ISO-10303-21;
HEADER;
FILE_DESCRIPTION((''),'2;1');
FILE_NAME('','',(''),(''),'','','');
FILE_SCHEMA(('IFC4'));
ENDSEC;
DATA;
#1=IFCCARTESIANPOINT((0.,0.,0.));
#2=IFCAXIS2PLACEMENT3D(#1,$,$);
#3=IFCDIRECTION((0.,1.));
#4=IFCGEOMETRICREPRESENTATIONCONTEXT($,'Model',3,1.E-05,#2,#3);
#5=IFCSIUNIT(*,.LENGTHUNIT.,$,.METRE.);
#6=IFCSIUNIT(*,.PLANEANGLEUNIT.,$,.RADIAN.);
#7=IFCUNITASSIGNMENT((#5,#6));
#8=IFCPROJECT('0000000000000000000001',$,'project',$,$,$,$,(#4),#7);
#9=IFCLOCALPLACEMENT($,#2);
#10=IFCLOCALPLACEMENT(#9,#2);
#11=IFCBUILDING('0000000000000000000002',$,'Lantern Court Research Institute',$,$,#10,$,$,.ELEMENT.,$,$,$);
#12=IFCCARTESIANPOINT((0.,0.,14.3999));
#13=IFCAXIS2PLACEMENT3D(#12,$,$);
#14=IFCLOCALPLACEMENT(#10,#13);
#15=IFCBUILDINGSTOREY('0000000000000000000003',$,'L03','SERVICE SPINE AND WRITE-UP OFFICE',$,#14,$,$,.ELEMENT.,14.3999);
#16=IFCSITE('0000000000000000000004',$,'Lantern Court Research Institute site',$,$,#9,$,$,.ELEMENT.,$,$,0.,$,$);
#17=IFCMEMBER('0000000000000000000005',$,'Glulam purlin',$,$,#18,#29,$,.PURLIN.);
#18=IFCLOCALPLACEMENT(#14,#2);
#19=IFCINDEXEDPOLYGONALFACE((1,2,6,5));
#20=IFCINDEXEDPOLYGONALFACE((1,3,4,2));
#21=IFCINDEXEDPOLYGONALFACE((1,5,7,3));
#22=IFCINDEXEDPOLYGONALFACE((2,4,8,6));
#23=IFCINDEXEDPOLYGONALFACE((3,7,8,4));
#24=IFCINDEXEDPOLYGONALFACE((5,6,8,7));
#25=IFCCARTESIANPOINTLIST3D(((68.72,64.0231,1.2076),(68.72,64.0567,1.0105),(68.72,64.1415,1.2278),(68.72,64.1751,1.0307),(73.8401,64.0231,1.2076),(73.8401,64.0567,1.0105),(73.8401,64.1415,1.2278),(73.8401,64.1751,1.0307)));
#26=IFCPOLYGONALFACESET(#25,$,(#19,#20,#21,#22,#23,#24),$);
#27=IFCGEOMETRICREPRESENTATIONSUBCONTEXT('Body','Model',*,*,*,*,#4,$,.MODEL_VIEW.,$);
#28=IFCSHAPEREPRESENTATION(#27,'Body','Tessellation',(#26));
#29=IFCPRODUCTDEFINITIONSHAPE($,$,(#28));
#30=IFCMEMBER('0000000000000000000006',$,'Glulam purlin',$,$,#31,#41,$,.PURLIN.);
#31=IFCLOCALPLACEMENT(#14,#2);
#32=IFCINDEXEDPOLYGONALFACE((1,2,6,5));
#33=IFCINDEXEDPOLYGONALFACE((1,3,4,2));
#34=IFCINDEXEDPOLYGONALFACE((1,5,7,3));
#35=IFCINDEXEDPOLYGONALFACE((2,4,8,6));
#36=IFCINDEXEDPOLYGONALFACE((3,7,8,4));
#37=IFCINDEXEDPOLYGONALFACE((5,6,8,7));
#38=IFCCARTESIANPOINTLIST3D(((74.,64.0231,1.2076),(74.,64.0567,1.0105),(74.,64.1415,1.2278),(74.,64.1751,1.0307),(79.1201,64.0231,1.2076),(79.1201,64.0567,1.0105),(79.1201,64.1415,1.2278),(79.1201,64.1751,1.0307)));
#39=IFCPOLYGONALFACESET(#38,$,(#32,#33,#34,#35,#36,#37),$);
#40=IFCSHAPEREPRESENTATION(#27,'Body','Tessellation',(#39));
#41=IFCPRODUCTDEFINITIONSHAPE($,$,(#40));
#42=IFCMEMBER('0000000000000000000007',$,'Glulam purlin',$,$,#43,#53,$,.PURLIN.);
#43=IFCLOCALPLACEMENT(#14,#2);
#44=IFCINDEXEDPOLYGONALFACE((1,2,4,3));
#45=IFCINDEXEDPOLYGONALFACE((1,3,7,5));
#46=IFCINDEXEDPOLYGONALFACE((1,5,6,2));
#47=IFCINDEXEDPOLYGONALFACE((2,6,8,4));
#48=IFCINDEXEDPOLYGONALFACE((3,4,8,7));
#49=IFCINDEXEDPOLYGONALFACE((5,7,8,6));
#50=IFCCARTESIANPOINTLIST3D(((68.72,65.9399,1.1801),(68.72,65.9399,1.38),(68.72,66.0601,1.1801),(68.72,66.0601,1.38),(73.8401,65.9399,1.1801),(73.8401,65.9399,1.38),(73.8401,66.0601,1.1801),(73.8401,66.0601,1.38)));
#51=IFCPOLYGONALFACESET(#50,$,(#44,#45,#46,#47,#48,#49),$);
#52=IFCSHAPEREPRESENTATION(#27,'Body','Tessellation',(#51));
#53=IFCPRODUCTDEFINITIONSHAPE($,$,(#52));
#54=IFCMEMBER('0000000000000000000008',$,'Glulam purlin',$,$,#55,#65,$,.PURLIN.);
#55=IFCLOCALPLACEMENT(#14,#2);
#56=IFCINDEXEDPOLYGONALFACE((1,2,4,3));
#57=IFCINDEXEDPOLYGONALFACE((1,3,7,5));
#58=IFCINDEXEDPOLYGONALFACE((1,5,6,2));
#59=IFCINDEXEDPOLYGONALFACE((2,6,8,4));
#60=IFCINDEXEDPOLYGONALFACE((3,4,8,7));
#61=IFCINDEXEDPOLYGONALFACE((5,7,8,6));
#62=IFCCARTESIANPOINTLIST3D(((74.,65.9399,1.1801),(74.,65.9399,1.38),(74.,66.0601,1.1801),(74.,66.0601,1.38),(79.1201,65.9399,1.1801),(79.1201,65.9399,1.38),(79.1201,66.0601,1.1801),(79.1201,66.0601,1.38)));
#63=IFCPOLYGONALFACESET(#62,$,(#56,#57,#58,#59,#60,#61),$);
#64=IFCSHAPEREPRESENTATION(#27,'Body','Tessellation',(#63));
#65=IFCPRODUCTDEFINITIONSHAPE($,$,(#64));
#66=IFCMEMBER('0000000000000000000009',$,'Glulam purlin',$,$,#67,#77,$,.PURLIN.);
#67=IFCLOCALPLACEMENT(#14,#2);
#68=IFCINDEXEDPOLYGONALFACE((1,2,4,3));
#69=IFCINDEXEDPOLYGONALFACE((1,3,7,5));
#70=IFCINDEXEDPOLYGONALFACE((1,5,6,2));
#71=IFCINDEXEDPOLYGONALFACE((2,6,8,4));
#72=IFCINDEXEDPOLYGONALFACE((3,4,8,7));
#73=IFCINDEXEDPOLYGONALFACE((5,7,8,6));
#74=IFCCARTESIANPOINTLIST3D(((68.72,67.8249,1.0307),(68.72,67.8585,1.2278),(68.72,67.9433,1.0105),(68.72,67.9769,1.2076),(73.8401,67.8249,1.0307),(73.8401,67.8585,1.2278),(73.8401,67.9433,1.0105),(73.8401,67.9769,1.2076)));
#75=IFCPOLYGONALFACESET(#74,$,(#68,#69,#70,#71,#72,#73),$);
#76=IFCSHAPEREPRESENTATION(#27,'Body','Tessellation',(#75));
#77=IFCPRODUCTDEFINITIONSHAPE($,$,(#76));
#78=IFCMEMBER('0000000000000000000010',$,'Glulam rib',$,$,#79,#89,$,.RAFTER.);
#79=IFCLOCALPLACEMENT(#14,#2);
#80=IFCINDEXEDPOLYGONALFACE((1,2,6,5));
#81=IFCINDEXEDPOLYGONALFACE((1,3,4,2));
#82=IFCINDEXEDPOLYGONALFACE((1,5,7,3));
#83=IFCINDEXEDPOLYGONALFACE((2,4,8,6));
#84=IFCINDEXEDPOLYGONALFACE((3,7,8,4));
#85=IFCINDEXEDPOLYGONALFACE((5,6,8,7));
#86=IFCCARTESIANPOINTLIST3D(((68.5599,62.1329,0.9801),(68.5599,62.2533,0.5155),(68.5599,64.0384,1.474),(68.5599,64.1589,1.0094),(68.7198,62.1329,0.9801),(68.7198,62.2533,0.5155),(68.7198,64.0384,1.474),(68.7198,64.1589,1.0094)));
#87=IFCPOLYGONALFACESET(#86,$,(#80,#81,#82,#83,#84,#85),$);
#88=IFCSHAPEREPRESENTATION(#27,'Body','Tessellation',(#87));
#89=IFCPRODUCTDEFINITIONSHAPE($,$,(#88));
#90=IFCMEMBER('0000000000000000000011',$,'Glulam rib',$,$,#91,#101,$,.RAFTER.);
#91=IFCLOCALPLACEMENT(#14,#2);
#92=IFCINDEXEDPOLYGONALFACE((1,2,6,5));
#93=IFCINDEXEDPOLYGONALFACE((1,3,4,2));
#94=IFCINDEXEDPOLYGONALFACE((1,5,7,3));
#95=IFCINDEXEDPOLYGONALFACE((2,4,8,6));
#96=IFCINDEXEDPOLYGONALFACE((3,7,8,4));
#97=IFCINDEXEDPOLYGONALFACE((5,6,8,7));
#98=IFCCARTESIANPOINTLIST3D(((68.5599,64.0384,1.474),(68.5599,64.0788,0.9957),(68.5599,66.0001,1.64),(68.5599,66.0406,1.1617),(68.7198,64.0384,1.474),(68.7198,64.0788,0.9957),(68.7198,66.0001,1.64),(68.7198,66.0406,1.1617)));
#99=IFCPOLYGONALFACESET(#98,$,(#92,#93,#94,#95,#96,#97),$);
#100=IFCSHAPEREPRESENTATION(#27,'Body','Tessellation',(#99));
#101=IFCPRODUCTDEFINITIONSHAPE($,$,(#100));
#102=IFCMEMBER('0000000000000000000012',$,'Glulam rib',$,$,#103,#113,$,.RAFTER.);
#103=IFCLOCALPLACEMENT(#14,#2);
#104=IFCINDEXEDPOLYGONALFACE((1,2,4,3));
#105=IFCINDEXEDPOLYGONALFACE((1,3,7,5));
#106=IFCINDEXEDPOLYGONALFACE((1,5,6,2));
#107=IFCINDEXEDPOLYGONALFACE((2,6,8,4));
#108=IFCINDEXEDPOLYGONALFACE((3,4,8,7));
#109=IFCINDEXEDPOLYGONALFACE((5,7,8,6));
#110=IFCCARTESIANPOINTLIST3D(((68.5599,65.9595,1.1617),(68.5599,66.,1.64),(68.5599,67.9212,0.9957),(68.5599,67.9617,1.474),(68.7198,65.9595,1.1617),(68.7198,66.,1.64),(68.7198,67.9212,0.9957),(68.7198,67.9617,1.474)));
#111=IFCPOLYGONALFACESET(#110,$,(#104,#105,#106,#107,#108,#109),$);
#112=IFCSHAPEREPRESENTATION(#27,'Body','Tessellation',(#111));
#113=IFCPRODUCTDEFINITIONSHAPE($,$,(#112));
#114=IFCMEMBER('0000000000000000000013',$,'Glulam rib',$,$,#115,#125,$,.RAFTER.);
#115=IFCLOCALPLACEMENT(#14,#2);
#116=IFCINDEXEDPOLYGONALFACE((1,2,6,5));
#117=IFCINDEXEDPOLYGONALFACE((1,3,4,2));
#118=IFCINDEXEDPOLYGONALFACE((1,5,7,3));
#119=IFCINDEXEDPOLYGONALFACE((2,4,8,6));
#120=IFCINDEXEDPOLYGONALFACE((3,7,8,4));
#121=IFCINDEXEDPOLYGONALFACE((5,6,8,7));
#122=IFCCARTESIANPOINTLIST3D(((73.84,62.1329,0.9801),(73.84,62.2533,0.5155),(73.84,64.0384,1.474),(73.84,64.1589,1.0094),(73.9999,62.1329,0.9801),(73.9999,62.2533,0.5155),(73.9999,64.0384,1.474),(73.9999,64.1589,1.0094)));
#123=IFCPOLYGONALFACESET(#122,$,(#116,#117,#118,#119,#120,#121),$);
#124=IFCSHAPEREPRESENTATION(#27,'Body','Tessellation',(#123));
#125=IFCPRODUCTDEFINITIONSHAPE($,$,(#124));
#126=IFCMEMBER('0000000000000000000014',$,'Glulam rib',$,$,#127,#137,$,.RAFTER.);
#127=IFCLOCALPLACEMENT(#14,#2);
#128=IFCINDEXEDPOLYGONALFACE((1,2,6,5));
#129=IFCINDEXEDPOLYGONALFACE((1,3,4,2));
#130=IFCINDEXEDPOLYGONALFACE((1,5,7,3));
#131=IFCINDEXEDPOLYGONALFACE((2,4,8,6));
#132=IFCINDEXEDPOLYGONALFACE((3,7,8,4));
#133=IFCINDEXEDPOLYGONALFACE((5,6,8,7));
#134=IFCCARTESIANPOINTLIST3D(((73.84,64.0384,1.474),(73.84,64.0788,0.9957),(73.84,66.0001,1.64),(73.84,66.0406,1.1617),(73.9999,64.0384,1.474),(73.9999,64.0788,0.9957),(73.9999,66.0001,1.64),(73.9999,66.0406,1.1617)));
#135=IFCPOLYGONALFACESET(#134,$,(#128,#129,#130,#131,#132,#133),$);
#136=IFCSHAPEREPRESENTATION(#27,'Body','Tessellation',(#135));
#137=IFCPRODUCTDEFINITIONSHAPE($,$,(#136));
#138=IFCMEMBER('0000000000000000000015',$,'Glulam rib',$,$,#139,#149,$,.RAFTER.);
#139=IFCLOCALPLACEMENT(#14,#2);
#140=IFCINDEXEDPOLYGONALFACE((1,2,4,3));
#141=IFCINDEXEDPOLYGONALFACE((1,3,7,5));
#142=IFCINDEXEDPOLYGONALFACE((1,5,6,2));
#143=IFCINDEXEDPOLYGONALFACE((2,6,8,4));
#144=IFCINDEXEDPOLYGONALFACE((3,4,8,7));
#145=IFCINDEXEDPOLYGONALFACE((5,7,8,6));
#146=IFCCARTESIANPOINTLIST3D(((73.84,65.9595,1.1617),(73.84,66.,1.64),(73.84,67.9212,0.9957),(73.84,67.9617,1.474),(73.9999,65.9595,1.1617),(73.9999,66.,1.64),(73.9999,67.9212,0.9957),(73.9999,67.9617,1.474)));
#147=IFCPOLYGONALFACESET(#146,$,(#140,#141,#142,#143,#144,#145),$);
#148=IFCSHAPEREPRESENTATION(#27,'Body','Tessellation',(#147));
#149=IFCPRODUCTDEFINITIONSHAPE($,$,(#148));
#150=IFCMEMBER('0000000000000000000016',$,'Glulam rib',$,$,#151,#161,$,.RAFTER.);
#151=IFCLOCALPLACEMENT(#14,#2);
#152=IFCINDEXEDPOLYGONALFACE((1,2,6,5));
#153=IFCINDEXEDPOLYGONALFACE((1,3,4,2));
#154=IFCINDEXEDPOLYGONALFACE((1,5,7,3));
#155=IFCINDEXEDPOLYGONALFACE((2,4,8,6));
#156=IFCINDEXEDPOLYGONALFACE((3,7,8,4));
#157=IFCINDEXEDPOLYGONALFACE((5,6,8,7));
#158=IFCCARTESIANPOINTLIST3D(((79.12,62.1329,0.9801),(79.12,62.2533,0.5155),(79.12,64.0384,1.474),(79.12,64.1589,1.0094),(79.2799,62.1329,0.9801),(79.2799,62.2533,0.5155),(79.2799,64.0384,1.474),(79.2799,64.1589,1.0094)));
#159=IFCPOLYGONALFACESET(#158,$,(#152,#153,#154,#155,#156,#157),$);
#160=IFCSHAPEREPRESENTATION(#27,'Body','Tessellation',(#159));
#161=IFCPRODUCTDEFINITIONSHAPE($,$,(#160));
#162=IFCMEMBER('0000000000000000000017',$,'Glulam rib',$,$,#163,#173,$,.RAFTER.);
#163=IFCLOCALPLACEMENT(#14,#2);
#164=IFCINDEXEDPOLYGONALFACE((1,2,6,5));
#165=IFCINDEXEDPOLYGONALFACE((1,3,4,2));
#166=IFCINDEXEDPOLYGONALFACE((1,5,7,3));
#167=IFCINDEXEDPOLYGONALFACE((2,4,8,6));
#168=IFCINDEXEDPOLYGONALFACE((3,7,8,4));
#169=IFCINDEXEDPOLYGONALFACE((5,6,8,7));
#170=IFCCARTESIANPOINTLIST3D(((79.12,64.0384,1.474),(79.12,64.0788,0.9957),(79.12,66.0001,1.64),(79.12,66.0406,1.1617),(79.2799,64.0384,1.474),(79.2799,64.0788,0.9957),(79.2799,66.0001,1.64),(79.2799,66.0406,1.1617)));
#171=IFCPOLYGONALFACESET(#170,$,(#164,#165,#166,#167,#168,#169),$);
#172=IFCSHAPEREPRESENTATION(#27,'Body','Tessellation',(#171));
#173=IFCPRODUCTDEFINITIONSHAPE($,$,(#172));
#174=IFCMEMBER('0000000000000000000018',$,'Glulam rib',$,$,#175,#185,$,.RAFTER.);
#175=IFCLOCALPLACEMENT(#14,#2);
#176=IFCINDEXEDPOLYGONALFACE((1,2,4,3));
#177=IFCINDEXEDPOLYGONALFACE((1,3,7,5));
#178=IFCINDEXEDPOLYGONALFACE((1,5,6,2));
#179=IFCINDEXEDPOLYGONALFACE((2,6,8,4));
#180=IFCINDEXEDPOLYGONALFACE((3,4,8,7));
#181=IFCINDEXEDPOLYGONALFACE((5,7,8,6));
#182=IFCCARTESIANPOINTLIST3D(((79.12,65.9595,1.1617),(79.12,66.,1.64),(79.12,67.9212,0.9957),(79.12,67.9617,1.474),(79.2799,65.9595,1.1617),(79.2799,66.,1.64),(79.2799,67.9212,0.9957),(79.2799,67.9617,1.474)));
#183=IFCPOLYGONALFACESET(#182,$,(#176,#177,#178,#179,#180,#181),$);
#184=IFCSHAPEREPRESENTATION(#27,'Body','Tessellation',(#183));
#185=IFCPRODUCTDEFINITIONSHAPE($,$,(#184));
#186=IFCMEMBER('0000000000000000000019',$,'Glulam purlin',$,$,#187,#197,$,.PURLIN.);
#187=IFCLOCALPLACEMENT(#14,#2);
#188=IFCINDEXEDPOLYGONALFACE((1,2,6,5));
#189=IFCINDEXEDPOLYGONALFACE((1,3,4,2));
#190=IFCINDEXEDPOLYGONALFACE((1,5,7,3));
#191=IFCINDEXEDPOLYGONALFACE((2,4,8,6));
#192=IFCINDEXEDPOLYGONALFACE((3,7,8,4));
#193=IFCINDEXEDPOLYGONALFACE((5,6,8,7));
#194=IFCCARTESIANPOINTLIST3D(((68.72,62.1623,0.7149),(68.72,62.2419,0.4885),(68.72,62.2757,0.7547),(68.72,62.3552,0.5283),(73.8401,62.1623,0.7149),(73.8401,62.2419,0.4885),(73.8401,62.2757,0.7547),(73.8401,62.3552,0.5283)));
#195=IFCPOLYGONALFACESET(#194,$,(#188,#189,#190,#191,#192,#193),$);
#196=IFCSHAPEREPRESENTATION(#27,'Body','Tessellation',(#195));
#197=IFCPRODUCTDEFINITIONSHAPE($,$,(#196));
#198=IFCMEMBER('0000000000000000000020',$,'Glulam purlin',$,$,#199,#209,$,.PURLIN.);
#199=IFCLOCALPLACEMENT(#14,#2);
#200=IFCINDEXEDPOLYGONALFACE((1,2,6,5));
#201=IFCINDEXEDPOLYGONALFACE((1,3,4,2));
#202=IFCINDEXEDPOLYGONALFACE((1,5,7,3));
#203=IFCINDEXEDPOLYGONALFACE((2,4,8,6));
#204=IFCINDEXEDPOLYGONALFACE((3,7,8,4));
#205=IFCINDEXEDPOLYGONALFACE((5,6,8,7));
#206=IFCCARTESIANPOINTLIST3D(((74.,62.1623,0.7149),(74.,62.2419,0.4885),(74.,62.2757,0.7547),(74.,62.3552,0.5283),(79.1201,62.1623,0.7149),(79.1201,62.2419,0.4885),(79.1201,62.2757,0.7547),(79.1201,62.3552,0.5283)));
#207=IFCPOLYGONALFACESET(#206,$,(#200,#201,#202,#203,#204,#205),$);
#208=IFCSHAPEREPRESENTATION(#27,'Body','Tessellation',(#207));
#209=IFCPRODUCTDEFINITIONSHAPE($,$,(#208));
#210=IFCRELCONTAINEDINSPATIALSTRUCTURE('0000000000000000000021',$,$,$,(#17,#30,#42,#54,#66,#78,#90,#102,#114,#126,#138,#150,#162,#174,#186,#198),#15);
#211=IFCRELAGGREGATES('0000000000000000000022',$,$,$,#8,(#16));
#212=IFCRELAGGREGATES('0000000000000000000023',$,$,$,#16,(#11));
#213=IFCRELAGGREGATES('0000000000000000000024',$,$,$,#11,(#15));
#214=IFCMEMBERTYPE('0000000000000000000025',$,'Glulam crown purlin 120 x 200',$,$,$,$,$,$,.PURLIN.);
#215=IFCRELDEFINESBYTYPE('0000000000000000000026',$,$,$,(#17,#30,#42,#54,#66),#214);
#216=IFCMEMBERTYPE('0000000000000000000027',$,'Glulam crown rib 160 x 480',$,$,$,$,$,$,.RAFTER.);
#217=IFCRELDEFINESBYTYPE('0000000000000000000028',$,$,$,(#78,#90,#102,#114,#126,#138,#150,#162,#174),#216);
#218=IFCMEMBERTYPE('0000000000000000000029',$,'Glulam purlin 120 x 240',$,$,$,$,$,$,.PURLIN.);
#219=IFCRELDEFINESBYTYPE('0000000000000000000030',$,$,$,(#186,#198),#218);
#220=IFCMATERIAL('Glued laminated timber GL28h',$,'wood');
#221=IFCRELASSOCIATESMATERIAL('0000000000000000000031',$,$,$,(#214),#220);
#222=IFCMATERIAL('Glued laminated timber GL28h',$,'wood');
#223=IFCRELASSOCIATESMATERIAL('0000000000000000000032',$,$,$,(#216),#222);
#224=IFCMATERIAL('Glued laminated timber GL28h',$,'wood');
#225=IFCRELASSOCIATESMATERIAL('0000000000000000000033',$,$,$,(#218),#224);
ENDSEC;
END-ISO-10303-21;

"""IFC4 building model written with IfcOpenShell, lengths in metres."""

from ifc_helpers import new_model, si_unit, direction, frame, origin, origin_2d, place, context, subcontext, project, spatial, rectangle, extrude, material, material_profile, profile_set, type_object, element, save


model = new_model("IFC4")

# Units and contexts
model_context = context("Model", 3, precision=1e-05, world=origin(), true_north=direction((0.0, 1.0)))
body_context = subcontext(model_context, "Body", "Model", "MODEL_VIEW")
ifc_project = project(units=[si_unit("LENGTHUNIT", "METRE"), si_unit("PLANEANGLEUNIT", "RADIAN")], contexts=[model_context])

# Site, building, storey
site_placement = place(None, origin())
site = spatial("IfcSite", under=ifc_project, at=site_placement, Name="Lantern Court Research Institute site", CompositionType="ELEMENT", RefElevation=0.0)
building_placement = place(site_placement, origin())
building = spatial("IfcBuilding", under=site, at=building_placement, Name="Lantern Court Research Institute", CompositionType="ELEMENT")
storey_placement = place(building_placement, frame((0.0, 0.0, 14.3999)))
storey = spatial("IfcBuildingStorey", under=building, at=storey_placement, Name="L03", Description="SERVICE SPINE AND WRITE-UP OFFICE", CompositionType="ELEMENT", Elevation=14.3999)

# Members
ifc_material_1 = material(Name="Glued laminated timber GL28h", Category="wood")
ifc_material_profile_1 = material_profile(ifc_material_1, rectangle(XDim=0.1201, YDim=0.2, at=origin_2d()), Name="Glulam crown purlin 120 x 200")
ifc_profile_set_1 = profile_set([ifc_material_profile_1], Name="Glued laminated timber GL28h")
member_type_1 = type_object("IfcMemberType", Name="Glulam crown purlin 120 x 200", PredefinedType="PURLIN", material=ifc_profile_set_1)
for number, where, z_axis, x_axis, name in (
    (1, (68.72, 64.0991, 1.1191), (1.0, 0.0, 0.0), (0.0, 0.985748, 0.168229), "Glulam purlin"),
    (2, (74.0, 64.0991, 1.1191), (1.0, 0.0, 0.0), (0.0, 0.985748, 0.168229), "Glulam purlin"),
    (3, (68.72, 66.0, 1.28), (1.0, 0.0, 0.0), (0.0, 1.0, 0.0), "Glulam purlin"),
    (4, (74.0, 66.0, 1.28), (1.0, 0.0, 0.0), (0.0, 1.0, 0.0), "Glulam purlin"),
    (5, (68.72, 67.9009, 1.1191), (1.0, 0.0, 0.0), (0.0, 0.985748, -0.168229), "Glulam purlin"),
):
    element("IfcMember", number, at=place(storey_placement, frame(where, z_axis=z_axis, x_axis=x_axis)), inside=storey, type_object=member_type_1, Name=name, PredefinedType="PURLIN", context=body_context, shape_type="SweptSolid", body=[
        extrude(rectangle(XDim=0.1201, YDim=0.2, at=origin_2d()), origin(), (0.0, 0.0, 1.0), 5.1201),
    ])
ifc_material_2 = material(Name="Glued laminated timber GL28h", Category="wood")
ifc_material_profile_2 = material_profile(ifc_material_2, rectangle(XDim=0.1599, YDim=0.48, at=origin_2d()), Name="Glulam crown rib 160 x 480")
ifc_profile_set_2 = profile_set([ifc_material_profile_2], Name="Glued laminated timber GL28h")
member_type_2 = type_object("IfcMemberType", Name="Glulam crown rib 160 x 480", PredefinedType="RAFTER", material=ifc_profile_set_2)
member_1_placement = place(storey_placement, frame((68.6399, 62.1931, 0.7478), z_axis=(0.0, 0.968013, 0.250902), x_axis=(-1.0, 0.0, 0.0)))
element("IfcMember", 6, at=member_1_placement, inside=storey, type_object=member_type_2, Name="Glulam rib", PredefinedType="RAFTER", context=body_context, shape_type="SweptSolid", body=[
    extrude(rectangle(XDim=0.1599, YDim=0.48, at=origin_2d()), origin(), (0.0, 0.0, 1.0), 1.9685),
])
for number, where, z_axis, x_axis, name in (
    (7, (68.6399, 64.0586, 1.2349), (0.0, 0.996438, 0.084328), (-1.0, 0.0, 0.0), "Glulam rib"),
    (8, (68.6399, 65.9797, 1.4009), (0.0, 0.996438, -0.084328), (-1.0, 0.0, 0.0), "Glulam rib"),
):
    element("IfcMember", number, at=place(storey_placement, frame(where, z_axis=z_axis, x_axis=x_axis)), inside=storey, type_object=member_type_2, Name=name, PredefinedType="RAFTER", context=body_context, shape_type="SweptSolid", body=[
        extrude(rectangle(XDim=0.1599, YDim=0.48, at=origin_2d()), origin(), (0.0, 0.0, 1.0), 1.9688),
    ])
member_2_placement = place(storey_placement, frame((73.9199, 62.1931, 0.7478), z_axis=(0.0, 0.968013, 0.250902), x_axis=(-1.0, 0.0, 0.0)))
element("IfcMember", 9, at=member_2_placement, inside=storey, type_object=member_type_2, Name="Glulam rib", PredefinedType="RAFTER", context=body_context, shape_type="SweptSolid", body=[
    extrude(rectangle(XDim=0.1599, YDim=0.48, at=origin_2d()), origin(), (0.0, 0.0, 1.0), 1.9685),
])
for number, where, z_axis, x_axis, name in (
    (10, (73.9199, 64.0586, 1.2349), (0.0, 0.996438, 0.084328), (-1.0, 0.0, 0.0), "Glulam rib"),
    (11, (73.9199, 65.9797, 1.4009), (0.0, 0.996438, -0.084328), (-1.0, 0.0, 0.0), "Glulam rib"),
):
    element("IfcMember", number, at=place(storey_placement, frame(where, z_axis=z_axis, x_axis=x_axis)), inside=storey, type_object=member_type_2, Name=name, PredefinedType="RAFTER", context=body_context, shape_type="SweptSolid", body=[
        extrude(rectangle(XDim=0.1599, YDim=0.48, at=origin_2d()), origin(), (0.0, 0.0, 1.0), 1.9688),
    ])
member_3_placement = place(storey_placement, frame((79.2, 62.1931, 0.7478), z_axis=(0.0, 0.968013, 0.250902), x_axis=(-1.0, 0.0, 0.0)))
element("IfcMember", 12, at=member_3_placement, inside=storey, type_object=member_type_2, Name="Glulam rib", PredefinedType="RAFTER", context=body_context, shape_type="SweptSolid", body=[
    extrude(rectangle(XDim=0.1599, YDim=0.48, at=origin_2d()), origin(), (0.0, 0.0, 1.0), 1.9685),
])
for number, where, z_axis, x_axis, name in (
    (13, (79.2, 64.0586, 1.2349), (0.0, 0.996438, 0.084328), (-1.0, 0.0, 0.0), "Glulam rib"),
    (14, (79.2, 65.9797, 1.4009), (0.0, 0.996438, -0.084328), (-1.0, 0.0, 0.0), "Glulam rib"),
):
    element("IfcMember", number, at=place(storey_placement, frame(where, z_axis=z_axis, x_axis=x_axis)), inside=storey, type_object=member_type_2, Name=name, PredefinedType="RAFTER", context=body_context, shape_type="SweptSolid", body=[
        extrude(rectangle(XDim=0.1599, YDim=0.48, at=origin_2d()), origin(), (0.0, 0.0, 1.0), 1.9688),
    ])
ifc_material_3 = material(Name="Glued laminated timber GL28h", Category="wood")
ifc_material_profile_3 = material_profile(ifc_material_3, rectangle(XDim=0.1201, YDim=0.24, at=origin_2d()), Name="Glulam purlin 120 x 240")
ifc_profile_set_3 = profile_set([ifc_material_profile_3], Name="Glued laminated timber GL28h")
member_type_3 = type_object("IfcMemberType", Name="Glulam purlin 120 x 240", PredefinedType="PURLIN", material=ifc_profile_set_3)
for number, where, z_axis, x_axis, name in (
    (15, (68.72, 62.2588, 0.6216), (1.0, 0.0, 0.0), (0.0, 0.943398, 0.331663), "Glulam purlin"),
    (16, (74.0, 62.2588, 0.6216), (1.0, 0.0, 0.0), (0.0, 0.943398, 0.331663), "Glulam purlin"),
):
    element("IfcMember", number, at=place(storey_placement, frame(where, z_axis=z_axis, x_axis=x_axis)), inside=storey, type_object=member_type_3, Name=name, PredefinedType="PURLIN", context=body_context, shape_type="SweptSolid", body=[
        extrude(rectangle(XDim=0.1201, YDim=0.24, at=origin_2d()), origin(), (0.0, 0.0, 1.0), 5.1201),
    ])

save(model, "model.ifc")
